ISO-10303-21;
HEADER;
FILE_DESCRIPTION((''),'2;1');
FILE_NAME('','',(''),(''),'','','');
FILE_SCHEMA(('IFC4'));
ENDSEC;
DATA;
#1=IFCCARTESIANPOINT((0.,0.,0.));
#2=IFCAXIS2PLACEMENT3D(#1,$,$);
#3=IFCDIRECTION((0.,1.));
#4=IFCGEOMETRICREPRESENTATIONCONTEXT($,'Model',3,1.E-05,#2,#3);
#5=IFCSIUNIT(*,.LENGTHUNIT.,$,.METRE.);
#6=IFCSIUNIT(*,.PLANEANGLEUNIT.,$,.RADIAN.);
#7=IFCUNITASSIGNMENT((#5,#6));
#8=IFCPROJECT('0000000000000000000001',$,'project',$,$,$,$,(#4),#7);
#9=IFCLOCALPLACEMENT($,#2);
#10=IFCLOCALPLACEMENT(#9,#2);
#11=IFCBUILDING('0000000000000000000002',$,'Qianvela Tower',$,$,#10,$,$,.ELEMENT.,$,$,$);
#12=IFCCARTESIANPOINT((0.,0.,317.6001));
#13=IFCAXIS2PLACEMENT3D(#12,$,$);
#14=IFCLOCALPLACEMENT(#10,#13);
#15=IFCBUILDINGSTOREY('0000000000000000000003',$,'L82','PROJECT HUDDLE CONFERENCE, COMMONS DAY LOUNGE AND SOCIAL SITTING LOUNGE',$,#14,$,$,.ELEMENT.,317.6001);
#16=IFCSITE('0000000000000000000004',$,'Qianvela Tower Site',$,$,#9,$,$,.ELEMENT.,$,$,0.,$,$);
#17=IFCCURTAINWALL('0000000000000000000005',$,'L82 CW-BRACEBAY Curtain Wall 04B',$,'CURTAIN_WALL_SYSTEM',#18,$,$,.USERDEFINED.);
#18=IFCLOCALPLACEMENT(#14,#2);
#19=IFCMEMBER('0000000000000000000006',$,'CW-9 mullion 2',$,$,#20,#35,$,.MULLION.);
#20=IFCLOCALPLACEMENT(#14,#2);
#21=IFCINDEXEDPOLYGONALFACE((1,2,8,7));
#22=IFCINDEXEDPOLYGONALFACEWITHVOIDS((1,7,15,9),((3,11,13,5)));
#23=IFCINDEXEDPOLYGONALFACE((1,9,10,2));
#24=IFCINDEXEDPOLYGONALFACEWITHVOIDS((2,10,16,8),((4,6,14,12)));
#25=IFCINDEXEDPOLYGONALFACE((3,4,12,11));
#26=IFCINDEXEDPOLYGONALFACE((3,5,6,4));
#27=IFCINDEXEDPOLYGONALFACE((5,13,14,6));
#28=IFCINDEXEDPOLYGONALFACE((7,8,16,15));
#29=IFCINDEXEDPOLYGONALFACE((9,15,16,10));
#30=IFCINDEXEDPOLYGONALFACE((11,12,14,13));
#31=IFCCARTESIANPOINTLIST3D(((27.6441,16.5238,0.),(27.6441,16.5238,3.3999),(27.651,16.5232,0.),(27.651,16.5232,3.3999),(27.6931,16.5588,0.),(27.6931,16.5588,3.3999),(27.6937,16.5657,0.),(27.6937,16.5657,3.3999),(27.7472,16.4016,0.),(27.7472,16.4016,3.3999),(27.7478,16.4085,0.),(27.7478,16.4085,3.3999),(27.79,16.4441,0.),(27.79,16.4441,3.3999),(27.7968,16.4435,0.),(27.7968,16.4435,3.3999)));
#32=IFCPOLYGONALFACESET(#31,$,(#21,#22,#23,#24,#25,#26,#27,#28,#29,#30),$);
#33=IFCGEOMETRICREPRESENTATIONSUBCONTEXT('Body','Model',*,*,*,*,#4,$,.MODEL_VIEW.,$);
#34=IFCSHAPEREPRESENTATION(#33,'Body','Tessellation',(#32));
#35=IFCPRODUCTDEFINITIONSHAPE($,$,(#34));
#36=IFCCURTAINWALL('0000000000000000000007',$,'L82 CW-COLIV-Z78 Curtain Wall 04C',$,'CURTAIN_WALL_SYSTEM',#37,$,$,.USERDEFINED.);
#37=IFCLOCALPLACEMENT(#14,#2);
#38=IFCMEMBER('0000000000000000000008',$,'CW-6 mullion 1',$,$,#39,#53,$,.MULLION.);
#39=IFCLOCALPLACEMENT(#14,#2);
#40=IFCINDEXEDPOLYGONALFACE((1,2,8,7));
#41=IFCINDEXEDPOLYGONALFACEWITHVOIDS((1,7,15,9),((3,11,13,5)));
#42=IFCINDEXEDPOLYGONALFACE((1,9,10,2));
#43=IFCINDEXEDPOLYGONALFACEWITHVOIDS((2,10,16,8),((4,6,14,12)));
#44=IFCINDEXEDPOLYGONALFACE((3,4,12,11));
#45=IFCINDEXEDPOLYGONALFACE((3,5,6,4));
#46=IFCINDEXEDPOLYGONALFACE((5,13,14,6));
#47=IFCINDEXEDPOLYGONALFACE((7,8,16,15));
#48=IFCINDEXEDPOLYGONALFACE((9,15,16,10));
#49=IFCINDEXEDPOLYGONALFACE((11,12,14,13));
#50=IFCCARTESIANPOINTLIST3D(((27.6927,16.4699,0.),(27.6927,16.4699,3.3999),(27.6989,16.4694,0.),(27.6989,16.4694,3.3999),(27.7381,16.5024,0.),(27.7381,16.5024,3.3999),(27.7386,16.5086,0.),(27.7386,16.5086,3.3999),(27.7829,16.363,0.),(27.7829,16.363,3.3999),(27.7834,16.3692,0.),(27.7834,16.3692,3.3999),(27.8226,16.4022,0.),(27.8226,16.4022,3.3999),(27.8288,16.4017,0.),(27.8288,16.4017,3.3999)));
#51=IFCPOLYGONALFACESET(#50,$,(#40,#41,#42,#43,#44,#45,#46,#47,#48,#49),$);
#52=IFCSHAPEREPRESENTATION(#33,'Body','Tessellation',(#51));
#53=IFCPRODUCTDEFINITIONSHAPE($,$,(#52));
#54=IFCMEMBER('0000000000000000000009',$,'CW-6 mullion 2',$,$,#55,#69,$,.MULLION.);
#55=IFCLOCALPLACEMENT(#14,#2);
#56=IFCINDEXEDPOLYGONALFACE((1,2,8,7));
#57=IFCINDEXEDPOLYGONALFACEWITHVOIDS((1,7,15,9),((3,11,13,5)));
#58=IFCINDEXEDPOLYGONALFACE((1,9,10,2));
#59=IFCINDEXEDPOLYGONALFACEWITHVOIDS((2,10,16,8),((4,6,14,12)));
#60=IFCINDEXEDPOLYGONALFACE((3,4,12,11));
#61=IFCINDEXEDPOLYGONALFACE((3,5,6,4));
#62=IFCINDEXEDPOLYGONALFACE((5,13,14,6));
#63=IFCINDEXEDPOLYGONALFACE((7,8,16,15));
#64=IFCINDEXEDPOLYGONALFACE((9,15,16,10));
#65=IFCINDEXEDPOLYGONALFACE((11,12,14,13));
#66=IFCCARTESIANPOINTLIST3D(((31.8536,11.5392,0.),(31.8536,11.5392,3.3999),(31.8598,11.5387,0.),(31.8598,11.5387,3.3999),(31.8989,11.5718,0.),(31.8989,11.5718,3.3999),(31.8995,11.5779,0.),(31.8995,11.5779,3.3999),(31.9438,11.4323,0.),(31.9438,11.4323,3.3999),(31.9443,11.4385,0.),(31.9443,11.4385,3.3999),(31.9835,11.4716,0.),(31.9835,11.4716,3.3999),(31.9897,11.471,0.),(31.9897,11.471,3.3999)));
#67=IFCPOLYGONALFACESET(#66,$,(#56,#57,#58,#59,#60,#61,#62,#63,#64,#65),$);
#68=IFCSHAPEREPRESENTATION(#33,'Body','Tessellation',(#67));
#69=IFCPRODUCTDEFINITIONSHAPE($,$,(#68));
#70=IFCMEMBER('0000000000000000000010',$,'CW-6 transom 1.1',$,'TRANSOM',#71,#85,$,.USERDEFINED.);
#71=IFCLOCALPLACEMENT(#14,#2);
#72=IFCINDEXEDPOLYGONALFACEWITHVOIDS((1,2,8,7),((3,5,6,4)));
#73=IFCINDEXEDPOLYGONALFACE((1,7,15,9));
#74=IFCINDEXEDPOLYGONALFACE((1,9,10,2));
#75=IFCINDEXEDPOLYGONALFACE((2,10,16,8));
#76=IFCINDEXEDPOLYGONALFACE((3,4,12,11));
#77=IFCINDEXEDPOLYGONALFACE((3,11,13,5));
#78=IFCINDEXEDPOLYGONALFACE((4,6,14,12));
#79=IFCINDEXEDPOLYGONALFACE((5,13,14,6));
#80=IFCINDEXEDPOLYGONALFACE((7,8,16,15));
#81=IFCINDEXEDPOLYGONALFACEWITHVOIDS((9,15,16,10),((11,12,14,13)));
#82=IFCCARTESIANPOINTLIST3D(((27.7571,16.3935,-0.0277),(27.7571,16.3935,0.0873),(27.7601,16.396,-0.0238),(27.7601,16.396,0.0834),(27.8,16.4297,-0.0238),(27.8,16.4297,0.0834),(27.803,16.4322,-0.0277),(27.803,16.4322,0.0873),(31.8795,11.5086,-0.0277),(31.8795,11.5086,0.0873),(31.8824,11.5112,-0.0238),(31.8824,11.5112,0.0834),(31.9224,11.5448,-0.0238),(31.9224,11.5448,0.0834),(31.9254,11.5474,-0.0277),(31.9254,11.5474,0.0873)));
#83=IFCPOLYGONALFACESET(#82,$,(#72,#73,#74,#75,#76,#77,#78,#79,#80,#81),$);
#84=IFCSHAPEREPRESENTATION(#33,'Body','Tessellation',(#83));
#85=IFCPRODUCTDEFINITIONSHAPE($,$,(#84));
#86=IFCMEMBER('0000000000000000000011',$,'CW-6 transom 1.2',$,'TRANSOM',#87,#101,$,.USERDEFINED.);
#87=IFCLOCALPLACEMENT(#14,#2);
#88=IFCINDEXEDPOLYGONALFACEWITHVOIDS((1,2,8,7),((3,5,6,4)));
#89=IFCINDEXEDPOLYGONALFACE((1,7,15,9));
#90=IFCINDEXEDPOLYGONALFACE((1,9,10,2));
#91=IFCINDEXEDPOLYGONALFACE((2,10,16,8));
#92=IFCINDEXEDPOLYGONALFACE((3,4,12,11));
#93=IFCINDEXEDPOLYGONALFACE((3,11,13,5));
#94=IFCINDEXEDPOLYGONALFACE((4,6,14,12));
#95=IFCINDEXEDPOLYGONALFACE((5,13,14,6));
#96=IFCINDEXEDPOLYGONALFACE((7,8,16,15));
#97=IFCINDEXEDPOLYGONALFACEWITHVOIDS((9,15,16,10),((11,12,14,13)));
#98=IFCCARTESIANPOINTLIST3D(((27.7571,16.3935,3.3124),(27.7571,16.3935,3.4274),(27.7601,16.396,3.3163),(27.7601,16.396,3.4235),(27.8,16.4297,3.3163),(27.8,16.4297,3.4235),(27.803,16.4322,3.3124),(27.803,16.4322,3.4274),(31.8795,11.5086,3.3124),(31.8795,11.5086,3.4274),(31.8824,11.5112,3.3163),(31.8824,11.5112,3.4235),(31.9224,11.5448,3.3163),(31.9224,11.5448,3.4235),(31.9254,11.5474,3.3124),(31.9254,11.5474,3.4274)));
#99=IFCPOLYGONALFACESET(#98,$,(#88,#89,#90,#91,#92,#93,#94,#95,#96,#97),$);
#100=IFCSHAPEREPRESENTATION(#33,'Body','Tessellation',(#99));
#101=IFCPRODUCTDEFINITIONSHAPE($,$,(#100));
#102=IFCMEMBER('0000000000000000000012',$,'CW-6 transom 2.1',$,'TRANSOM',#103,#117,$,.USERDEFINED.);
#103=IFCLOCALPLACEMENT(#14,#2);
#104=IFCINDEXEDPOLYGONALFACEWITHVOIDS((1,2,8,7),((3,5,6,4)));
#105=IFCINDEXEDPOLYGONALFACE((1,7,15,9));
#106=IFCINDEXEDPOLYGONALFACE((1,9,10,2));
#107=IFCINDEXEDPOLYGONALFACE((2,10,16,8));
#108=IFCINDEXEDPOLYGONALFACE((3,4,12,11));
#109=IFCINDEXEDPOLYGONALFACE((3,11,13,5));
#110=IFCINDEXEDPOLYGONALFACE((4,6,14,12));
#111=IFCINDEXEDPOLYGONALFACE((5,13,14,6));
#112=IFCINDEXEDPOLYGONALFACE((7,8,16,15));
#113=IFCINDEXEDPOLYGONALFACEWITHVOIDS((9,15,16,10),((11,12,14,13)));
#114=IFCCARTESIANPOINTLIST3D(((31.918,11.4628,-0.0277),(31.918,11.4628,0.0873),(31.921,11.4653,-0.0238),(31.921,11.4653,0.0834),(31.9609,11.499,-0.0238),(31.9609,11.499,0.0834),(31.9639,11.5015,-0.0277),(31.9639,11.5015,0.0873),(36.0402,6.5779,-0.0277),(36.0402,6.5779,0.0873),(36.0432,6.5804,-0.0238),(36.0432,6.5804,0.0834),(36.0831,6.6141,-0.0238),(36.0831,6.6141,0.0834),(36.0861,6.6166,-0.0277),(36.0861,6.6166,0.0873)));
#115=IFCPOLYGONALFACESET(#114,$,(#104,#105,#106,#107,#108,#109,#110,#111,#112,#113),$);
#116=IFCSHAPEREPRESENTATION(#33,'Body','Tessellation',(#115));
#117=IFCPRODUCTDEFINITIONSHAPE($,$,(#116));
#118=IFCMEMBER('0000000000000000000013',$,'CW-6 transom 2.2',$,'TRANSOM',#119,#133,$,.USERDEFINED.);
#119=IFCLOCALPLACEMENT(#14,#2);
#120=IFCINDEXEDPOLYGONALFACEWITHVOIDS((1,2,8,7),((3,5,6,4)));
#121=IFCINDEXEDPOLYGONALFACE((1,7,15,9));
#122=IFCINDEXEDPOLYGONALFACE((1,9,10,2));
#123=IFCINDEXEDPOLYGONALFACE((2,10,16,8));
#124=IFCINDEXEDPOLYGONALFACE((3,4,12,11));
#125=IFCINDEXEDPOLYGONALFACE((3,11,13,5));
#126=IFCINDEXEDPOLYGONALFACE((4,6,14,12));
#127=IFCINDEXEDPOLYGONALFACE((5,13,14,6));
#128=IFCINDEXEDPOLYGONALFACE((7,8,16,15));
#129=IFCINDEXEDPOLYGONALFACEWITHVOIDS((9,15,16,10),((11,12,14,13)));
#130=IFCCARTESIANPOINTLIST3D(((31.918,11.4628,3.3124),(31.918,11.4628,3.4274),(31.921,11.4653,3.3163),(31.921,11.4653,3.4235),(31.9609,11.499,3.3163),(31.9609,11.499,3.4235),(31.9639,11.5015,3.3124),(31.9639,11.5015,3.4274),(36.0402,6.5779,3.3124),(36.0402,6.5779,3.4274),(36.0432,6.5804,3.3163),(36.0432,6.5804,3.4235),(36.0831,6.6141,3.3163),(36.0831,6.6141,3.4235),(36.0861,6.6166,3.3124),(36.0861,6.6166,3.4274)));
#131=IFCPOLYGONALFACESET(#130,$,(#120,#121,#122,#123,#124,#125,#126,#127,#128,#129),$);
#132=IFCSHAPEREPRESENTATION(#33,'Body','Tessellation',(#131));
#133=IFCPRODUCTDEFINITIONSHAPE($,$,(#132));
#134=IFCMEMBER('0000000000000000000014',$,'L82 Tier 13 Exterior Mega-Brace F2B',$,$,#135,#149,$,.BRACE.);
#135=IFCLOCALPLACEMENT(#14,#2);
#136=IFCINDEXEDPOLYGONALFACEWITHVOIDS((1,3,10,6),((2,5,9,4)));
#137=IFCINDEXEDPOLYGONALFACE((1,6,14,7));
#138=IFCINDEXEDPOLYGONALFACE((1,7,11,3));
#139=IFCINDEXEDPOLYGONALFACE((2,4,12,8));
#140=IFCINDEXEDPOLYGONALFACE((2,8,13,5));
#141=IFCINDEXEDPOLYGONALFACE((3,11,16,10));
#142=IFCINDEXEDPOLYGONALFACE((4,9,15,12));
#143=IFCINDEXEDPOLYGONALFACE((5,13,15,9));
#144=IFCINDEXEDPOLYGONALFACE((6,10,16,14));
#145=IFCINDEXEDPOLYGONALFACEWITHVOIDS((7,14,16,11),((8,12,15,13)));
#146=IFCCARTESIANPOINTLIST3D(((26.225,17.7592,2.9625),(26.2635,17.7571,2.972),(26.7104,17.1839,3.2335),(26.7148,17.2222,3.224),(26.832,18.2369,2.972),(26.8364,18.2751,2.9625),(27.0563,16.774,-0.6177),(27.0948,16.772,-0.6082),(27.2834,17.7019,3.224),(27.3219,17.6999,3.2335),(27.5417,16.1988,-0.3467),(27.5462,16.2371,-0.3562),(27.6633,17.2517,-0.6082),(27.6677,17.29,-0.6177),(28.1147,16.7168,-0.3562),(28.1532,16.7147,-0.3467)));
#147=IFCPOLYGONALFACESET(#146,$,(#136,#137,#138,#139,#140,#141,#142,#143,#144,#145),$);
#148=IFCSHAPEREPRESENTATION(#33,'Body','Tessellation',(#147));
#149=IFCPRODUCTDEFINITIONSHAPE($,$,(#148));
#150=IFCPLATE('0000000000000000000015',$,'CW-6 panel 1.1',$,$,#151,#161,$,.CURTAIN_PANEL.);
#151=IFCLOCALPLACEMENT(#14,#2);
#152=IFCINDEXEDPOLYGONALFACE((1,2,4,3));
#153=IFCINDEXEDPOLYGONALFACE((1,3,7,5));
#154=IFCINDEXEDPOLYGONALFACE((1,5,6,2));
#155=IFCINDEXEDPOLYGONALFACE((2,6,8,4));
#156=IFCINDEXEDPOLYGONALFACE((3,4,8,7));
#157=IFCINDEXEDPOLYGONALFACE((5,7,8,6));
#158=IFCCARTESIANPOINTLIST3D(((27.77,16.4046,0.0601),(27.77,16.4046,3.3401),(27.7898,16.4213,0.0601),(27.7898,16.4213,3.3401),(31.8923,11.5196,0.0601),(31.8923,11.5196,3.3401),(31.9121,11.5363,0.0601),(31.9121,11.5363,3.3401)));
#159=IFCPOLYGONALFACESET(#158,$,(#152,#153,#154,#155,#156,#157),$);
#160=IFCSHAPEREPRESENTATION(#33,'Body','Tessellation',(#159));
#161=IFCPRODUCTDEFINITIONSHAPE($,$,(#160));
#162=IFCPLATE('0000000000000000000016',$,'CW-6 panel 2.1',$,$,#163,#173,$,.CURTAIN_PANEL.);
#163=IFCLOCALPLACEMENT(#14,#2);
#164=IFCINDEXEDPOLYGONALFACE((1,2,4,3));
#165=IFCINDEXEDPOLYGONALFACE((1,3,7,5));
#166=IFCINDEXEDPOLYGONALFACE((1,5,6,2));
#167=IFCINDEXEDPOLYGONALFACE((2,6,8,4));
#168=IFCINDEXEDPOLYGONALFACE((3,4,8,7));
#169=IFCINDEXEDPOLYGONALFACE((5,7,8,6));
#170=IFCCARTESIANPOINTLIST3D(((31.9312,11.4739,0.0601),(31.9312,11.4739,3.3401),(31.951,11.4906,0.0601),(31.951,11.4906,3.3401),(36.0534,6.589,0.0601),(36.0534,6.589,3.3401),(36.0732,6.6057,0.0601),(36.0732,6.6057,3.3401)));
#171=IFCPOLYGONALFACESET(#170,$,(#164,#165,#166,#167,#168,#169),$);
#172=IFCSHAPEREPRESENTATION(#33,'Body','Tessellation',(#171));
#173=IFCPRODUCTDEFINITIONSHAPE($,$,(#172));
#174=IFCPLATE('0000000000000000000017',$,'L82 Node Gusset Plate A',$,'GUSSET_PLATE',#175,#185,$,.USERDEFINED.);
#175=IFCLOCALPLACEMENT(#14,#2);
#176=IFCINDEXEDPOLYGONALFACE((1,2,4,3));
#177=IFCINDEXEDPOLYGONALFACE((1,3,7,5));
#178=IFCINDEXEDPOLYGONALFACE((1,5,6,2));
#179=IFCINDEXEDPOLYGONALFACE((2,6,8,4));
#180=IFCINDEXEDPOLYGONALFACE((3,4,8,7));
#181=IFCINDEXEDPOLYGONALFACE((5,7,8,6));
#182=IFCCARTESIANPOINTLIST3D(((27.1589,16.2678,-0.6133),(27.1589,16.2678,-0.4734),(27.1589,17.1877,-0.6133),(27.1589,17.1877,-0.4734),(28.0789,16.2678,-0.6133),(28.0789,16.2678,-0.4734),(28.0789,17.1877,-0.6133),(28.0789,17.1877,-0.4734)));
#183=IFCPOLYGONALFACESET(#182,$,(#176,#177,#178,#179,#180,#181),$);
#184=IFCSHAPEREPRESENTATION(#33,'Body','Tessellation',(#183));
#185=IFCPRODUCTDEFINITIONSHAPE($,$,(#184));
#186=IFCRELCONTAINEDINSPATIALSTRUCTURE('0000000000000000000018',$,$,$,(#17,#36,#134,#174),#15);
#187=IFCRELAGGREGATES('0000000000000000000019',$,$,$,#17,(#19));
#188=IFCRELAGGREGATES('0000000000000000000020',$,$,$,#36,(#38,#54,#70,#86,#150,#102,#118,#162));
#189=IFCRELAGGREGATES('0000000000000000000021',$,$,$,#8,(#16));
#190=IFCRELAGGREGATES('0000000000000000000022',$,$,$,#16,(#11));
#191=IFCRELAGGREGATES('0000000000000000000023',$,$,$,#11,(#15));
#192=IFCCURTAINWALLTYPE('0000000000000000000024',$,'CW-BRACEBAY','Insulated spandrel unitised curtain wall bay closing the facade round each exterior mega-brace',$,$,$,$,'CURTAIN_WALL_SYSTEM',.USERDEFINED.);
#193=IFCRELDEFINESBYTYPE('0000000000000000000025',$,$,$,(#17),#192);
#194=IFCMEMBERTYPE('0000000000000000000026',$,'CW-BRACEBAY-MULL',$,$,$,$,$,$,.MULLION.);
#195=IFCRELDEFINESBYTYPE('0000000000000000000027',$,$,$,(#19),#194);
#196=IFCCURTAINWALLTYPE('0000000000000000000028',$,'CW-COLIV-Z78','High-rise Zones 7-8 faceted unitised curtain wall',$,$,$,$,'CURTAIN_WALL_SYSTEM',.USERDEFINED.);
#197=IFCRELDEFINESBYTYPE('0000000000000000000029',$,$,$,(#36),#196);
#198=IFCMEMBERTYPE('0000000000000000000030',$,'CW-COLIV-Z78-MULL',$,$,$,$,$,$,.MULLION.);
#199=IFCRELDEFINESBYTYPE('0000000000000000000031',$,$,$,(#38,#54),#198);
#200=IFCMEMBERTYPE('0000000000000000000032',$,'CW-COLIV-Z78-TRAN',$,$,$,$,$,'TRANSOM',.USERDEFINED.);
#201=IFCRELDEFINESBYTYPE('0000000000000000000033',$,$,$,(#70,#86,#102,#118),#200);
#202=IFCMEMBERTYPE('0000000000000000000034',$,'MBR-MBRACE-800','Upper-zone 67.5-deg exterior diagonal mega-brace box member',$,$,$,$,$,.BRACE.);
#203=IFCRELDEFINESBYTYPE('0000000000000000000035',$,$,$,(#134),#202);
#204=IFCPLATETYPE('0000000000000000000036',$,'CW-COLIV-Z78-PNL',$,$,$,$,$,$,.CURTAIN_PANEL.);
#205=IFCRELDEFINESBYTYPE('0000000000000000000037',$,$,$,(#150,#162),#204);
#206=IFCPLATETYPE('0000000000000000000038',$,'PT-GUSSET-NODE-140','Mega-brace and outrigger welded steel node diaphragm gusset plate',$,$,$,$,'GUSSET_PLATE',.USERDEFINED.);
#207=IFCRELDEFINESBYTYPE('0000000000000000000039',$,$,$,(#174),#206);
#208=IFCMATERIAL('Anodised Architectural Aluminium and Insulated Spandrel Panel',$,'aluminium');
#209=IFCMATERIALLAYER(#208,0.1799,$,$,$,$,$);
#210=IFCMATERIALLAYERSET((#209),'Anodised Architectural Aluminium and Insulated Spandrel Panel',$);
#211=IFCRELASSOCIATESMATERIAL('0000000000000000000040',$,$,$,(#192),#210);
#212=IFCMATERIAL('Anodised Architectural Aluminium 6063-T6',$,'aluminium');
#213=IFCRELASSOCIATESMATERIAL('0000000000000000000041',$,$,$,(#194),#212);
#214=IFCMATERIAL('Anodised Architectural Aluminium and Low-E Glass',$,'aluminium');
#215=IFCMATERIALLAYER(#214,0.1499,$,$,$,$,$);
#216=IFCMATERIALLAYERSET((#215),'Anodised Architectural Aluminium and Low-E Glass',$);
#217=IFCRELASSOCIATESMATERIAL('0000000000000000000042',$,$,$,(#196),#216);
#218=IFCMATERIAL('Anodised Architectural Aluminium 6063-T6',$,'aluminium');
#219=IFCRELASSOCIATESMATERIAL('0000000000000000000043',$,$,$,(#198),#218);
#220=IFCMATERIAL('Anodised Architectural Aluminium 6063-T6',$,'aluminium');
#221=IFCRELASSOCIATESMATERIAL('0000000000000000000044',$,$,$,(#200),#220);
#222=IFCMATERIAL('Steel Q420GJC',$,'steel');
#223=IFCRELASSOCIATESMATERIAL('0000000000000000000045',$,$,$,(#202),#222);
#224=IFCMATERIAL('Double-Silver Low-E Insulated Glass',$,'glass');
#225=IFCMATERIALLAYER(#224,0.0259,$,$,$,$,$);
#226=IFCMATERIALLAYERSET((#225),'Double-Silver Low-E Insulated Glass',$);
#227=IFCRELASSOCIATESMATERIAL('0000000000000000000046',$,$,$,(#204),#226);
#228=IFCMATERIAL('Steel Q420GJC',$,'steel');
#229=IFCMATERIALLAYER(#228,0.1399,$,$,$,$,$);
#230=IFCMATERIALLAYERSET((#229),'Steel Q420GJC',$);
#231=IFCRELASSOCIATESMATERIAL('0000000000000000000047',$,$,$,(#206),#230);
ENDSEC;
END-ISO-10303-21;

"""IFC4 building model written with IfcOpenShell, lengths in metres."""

from ifc_helpers import new_model, si_unit, direction, frame, origin, origin_2d, place, context, subcontext, project, spatial, rectangle, hollow_rectangle, extrude, material, layer, layer_set, material_profile, profile_set, type_object, element, aggregate, save


model = new_model("IFC4")

# Units and contexts
model_context = context("Model", 3, precision=1e-05, world=origin(), true_north=direction((0.0, 1.0)))
body_context = subcontext(model_context, "Body", "Model", "MODEL_VIEW")
ifc_project = project(units=[si_unit("LENGTHUNIT", "METRE"), si_unit("PLANEANGLEUNIT", "RADIAN")], contexts=[model_context])

# Site, building, storey
site_placement = place(None, origin())
site = spatial("IfcSite", under=ifc_project, at=site_placement, Name="Qianvela Tower Site", CompositionType="ELEMENT", RefElevation=0.0)
building_placement = place(site_placement, origin())
building = spatial("IfcBuilding", under=site, at=building_placement, Name="Qianvela Tower", CompositionType="ELEMENT")
storey_placement = place(building_placement, frame((0.0, 0.0, 317.6001)))
storey = spatial("IfcBuildingStorey", under=building, at=storey_placement, Name="L82", Description="PROJECT HUDDLE CONFERENCE, COMMONS DAY LOUNGE AND SOCIAL SITTING LOUNGE", CompositionType="ELEMENT", Elevation=317.6001)

# Curtain wall, member
ifc_material_1 = material(Name="Anodised Architectural Aluminium and Insulated Spandrel Panel", Category="aluminium")
ifc_layer_1 = layer(ifc_material_1, 0.1799)
ifc_layer_set_1 = layer_set([ifc_layer_1], Name="Anodised Architectural Aluminium and Insulated Spandrel Panel")
curtain_wall_type_1 = type_object("IfcCurtainWallType", Name="CW-BRACEBAY", Description="Insulated spandrel unitised curtain wall bay closing the facade round each exterior mega-brace", ElementType="CURTAIN_WALL_SYSTEM", PredefinedType="USERDEFINED", material=ifc_layer_set_1)
curtain_wall_1_placement = place(storey_placement, origin())
curtain_wall_1 = element("IfcCurtainWall", 1, at=curtain_wall_1_placement, inside=storey, type_object=curtain_wall_type_1, Name="L82 CW-BRACEBAY Curtain Wall 04B", ObjectType="CURTAIN_WALL_SYSTEM", PredefinedType="USERDEFINED")
ifc_material_2 = material(Name="Anodised Architectural Aluminium 6063-T6", Category="aluminium")
ifc_material_profile_1 = material_profile(ifc_material_2, hollow_rectangle(XDim=0.0649, YDim=0.1599, WallThickness=0.0049, at=origin_2d()), Name="ALU-MULL-65x160")
ifc_profile_set_1 = profile_set([ifc_material_profile_1], Name="Anodised Architectural Aluminium 6063-T6")
member_type_1 = type_object("IfcMemberType", Name="CW-BRACEBAY-MULL", PredefinedType="MULLION", material=ifc_profile_set_1)
member_1_placement = place(storey_placement, frame((27.7205, 16.4836, 0.0), z_axis=(0.0, 0.0, 1.0), x_axis=(0.764244, 0.644927, 0.0)))
member_1 = element("IfcMember", 2, at=member_1_placement, type_object=member_type_1, Name="CW-9 mullion 2", PredefinedType="MULLION", context=body_context, shape_type="SweptSolid", body=[
    extrude(hollow_rectangle(XDim=0.0649, YDim=0.1599, WallThickness=0.0049, at=origin_2d()), origin(), (0.0, 0.0, 1.0), 3.3999),
])
aggregate(curtain_wall_1, [member_1])

# Curtain wall, members
ifc_material_3 = material(Name="Anodised Architectural Aluminium and Low-E Glass", Category="aluminium")
ifc_layer_2 = layer(ifc_material_3, 0.1499)
ifc_layer_set_2 = layer_set([ifc_layer_2], Name="Anodised Architectural Aluminium and Low-E Glass")
curtain_wall_type_2 = type_object("IfcCurtainWallType", Name="CW-COLIV-Z78", Description="High-rise Zones 7-8 faceted unitised curtain wall", ElementType="CURTAIN_WALL_SYSTEM", PredefinedType="USERDEFINED", material=ifc_layer_set_2)
curtain_wall_2_placement = place(storey_placement, origin())
curtain_wall_2 = element("IfcCurtainWall", 3, at=curtain_wall_2_placement, inside=storey, type_object=curtain_wall_type_2, Name="L82 CW-COLIV-Z78 Curtain Wall 04C", ObjectType="CURTAIN_WALL_SYSTEM", PredefinedType="USERDEFINED")
ifc_material_4 = material(Name="Anodised Architectural Aluminium 6063-T6", Category="aluminium")
ifc_material_profile_2 = material_profile(ifc_material_4, hollow_rectangle(XDim=0.0601, YDim=0.1399, WallThickness=0.0044, at=origin_2d()), Name="ALU-MULL-60x140")
ifc_profile_set_2 = profile_set([ifc_material_profile_2], Name="Anodised Architectural Aluminium 6063-T6")
member_type_2 = type_object("IfcMemberType", Name="CW-COLIV-Z78-MULL", PredefinedType="MULLION", material=ifc_profile_set_2)
member_2_placement = place(storey_placement, frame((27.7607, 16.4358, 0.0), z_axis=(0.0, 0.0, 1.0), x_axis=(0.764245, 0.644926, 0.0)))
member_2 = element("IfcMember", 4, at=member_2_placement, type_object=member_type_2, Name="CW-6 mullion 1", PredefinedType="MULLION", context=body_context, shape_type="SweptSolid", body=[
    extrude(hollow_rectangle(XDim=0.0601, YDim=0.1399, WallThickness=0.0044, at=origin_2d()), origin(), (0.0, 0.0, 1.0), 3.3999),
])
member_3_placement = place(storey_placement, frame((31.9216, 11.5051, 0.0), z_axis=(0.0, 0.0, 1.0), x_axis=(0.764245, 0.644926, 0.0)))
member_3 = element("IfcMember", 5, at=member_3_placement, type_object=member_type_2, Name="CW-6 mullion 2", PredefinedType="MULLION", context=body_context, shape_type="SweptSolid", body=[
    extrude(hollow_rectangle(XDim=0.0601, YDim=0.1399, WallThickness=0.0044, at=origin_2d()), origin(), (0.0, 0.0, 1.0), 3.3999),
])
ifc_material_5 = material(Name="Anodised Architectural Aluminium 6063-T6", Category="aluminium")
ifc_material_profile_3 = material_profile(ifc_material_5, hollow_rectangle(XDim=0.0601, YDim=0.115, WallThickness=0.0039, at=origin_2d()), Name="ALU-TRAN-60x115")
ifc_profile_set_3 = profile_set([ifc_material_profile_3], Name="Anodised Architectural Aluminium 6063-T6")
member_type_3 = type_object("IfcMemberType", Name="CW-COLIV-Z78-TRAN", ElementType="TRANSOM", PredefinedType="USERDEFINED", material=ifc_profile_set_3)
member_4_placement = place(storey_placement, frame((27.78, 16.4128, 0.0298), z_axis=(0.644943, -0.76423, 0.0), x_axis=(0.76423, 0.644943, 0.0)))
member_4 = element("IfcMember", 6, at=member_4_placement, type_object=member_type_3, Name="CW-6 transom 1.1", ObjectType="TRANSOM", PredefinedType="USERDEFINED", context=body_context, shape_type="SweptSolid", body=[
    extrude(hollow_rectangle(XDim=0.0601, YDim=0.115, WallThickness=0.0039, at=origin_2d()), origin(), (0.0, 0.0, 1.0), 6.3918),
])
member_5_placement = place(storey_placement, frame((27.78, 16.4128, 3.3699), z_axis=(0.644943, -0.76423, 0.0), x_axis=(0.76423, 0.644943, 0.0)))
member_5 = element("IfcMember", 7, at=member_5_placement, type_object=member_type_3, Name="CW-6 transom 1.2", ObjectType="TRANSOM", PredefinedType="USERDEFINED", context=body_context, shape_type="SweptSolid", body=[
    extrude(hollow_rectangle(XDim=0.0601, YDim=0.115, WallThickness=0.0039, at=origin_2d()), origin(), (0.0, 0.0, 1.0), 6.3918),
])
member_6_placement = place(storey_placement, frame((31.9409, 11.4822, 0.0298), z_axis=(0.644925, -0.764246, 0.0), x_axis=(0.764246, 0.644925, 0.0)))
member_6 = element("IfcMember", 8, at=member_6_placement, type_object=member_type_3, Name="CW-6 transom 2.1", ObjectType="TRANSOM", PredefinedType="USERDEFINED", context=body_context, shape_type="SweptSolid", body=[
    extrude(hollow_rectangle(XDim=0.0601, YDim=0.115, WallThickness=0.0039, at=origin_2d()), origin(), (0.0, 0.0, 1.0), 6.3918),
])
member_7_placement = place(storey_placement, frame((31.9409, 11.4822, 3.3699), z_axis=(0.644925, -0.764246, 0.0), x_axis=(0.764246, 0.644925, 0.0)))
member_7 = element("IfcMember", 9, at=member_7_placement, type_object=member_type_3, Name="CW-6 transom 2.2", ObjectType="TRANSOM", PredefinedType="USERDEFINED", context=body_context, shape_type="SweptSolid", body=[
    extrude(hollow_rectangle(XDim=0.0601, YDim=0.115, WallThickness=0.0039, at=origin_2d()), origin(), (0.0, 0.0, 1.0), 6.3918),
])

# Member
ifc_material_6 = material(Name="Steel Q420GJC", Category="steel")
ifc_material_profile_4 = material_profile(ifc_material_6, hollow_rectangle(XDim=0.8, YDim=0.8, WallThickness=0.0281, at=origin_2d()), Name="MBOX-800x800x28")
ifc_profile_set_4 = profile_set([ifc_material_profile_4], Name="Steel Q420GJC")
member_type_4 = type_object("IfcMemberType", Name="MBR-MBRACE-800", Description="Upper-zone 67.5-deg exterior diagonal mega-brace box member", PredefinedType="BRACE", material=ifc_profile_set_4)
member_8_placement = place(storey_placement, frame((27.6047, 16.7444, -0.4822), z_axis=(-0.218472, 0.258894, 0.940874), x_axis=(-0.764248, -0.644923, 0.0)))
element("IfcMember", 10, at=member_8_placement, inside=storey, type_object=member_type_4, Name="L82 Tier 13 Exterior Mega-Brace F2B", PredefinedType="BRACE", context=body_context, shape_type="SweptSolid", body=[
    extrude(hollow_rectangle(XDim=0.8, YDim=0.8, WallThickness=0.0281, at=origin_2d()), origin(), (0.0, 0.0, 1.0), 3.8052),
])

# Plates
ifc_material_7 = material(Name="Double-Silver Low-E Insulated Glass", Category="glass")
ifc_layer_3 = layer(ifc_material_7, 0.0259)
ifc_layer_set_3 = layer_set([ifc_layer_3], Name="Double-Silver Low-E Insulated Glass")
plate_type_1 = type_object("IfcPlateType", Name="CW-COLIV-Z78-PNL", PredefinedType="CURTAIN_PANEL", material=ifc_layer_set_3)
plate_1_placement = place(storey_placement, frame((29.8411, 13.9705, 0.0601), z_axis=(0.0, 0.0, 1.0), x_axis=(0.644926, -0.764245, 0.0)))
plate_1 = element("IfcPlate", 11, at=plate_1_placement, type_object=plate_type_1, Name="CW-6 panel 1.1", PredefinedType="CURTAIN_PANEL", context=body_context, shape_type="SweptSolid", body=[
    extrude(rectangle(XDim=6.3918, YDim=0.0259, at=origin_2d()), origin(), (0.0, 0.0, 1.0), 3.28),
])
plate_2_placement = place(storey_placement, frame((34.0022, 9.0398, 0.0601), z_axis=(0.0, 0.0, 1.0), x_axis=(0.644926, -0.764245, 0.0)))
plate_2 = element("IfcPlate", 12, at=plate_2_placement, type_object=plate_type_1, Name="CW-6 panel 2.1", PredefinedType="CURTAIN_PANEL", context=body_context, shape_type="SweptSolid", body=[
    extrude(rectangle(XDim=6.3918, YDim=0.0259, at=origin_2d()), origin(), (0.0, 0.0, 1.0), 3.28),
])
aggregate(curtain_wall_2, [member_2, member_3, member_4, member_5, plate_1, member_6, member_7, plate_2])
ifc_material_8 = material(Name="Steel Q420GJC", Category="steel")
ifc_layer_4 = layer(ifc_material_8, 0.1399)
ifc_layer_set_4 = layer_set([ifc_layer_4], Name="Steel Q420GJC")
plate_type_2 = type_object("IfcPlateType", Name="PT-GUSSET-NODE-140", Description="Mega-brace and outrigger welded steel node diaphragm gusset plate", ElementType="GUSSET_PLATE", PredefinedType="USERDEFINED", material=ifc_layer_set_4)
plate_3_placement = place(storey_placement, frame((27.6189, 16.7278, -0.6133), z_axis=(0.0, 0.0, 1.0), x_axis=(1.0, 0.0, 0.0)))
element("IfcPlate", 13, at=plate_3_placement, inside=storey, type_object=plate_type_2, Name="L82 Node Gusset Plate A", ObjectType="GUSSET_PLATE", PredefinedType="USERDEFINED", context=body_context, shape_type="SweptSolid", body=[
    extrude(rectangle(XDim=0.9199, YDim=0.9199, at=origin_2d()), origin(), (0.0, 0.0, 1.0), 0.1399),
])

save(model, "model.ifc")
